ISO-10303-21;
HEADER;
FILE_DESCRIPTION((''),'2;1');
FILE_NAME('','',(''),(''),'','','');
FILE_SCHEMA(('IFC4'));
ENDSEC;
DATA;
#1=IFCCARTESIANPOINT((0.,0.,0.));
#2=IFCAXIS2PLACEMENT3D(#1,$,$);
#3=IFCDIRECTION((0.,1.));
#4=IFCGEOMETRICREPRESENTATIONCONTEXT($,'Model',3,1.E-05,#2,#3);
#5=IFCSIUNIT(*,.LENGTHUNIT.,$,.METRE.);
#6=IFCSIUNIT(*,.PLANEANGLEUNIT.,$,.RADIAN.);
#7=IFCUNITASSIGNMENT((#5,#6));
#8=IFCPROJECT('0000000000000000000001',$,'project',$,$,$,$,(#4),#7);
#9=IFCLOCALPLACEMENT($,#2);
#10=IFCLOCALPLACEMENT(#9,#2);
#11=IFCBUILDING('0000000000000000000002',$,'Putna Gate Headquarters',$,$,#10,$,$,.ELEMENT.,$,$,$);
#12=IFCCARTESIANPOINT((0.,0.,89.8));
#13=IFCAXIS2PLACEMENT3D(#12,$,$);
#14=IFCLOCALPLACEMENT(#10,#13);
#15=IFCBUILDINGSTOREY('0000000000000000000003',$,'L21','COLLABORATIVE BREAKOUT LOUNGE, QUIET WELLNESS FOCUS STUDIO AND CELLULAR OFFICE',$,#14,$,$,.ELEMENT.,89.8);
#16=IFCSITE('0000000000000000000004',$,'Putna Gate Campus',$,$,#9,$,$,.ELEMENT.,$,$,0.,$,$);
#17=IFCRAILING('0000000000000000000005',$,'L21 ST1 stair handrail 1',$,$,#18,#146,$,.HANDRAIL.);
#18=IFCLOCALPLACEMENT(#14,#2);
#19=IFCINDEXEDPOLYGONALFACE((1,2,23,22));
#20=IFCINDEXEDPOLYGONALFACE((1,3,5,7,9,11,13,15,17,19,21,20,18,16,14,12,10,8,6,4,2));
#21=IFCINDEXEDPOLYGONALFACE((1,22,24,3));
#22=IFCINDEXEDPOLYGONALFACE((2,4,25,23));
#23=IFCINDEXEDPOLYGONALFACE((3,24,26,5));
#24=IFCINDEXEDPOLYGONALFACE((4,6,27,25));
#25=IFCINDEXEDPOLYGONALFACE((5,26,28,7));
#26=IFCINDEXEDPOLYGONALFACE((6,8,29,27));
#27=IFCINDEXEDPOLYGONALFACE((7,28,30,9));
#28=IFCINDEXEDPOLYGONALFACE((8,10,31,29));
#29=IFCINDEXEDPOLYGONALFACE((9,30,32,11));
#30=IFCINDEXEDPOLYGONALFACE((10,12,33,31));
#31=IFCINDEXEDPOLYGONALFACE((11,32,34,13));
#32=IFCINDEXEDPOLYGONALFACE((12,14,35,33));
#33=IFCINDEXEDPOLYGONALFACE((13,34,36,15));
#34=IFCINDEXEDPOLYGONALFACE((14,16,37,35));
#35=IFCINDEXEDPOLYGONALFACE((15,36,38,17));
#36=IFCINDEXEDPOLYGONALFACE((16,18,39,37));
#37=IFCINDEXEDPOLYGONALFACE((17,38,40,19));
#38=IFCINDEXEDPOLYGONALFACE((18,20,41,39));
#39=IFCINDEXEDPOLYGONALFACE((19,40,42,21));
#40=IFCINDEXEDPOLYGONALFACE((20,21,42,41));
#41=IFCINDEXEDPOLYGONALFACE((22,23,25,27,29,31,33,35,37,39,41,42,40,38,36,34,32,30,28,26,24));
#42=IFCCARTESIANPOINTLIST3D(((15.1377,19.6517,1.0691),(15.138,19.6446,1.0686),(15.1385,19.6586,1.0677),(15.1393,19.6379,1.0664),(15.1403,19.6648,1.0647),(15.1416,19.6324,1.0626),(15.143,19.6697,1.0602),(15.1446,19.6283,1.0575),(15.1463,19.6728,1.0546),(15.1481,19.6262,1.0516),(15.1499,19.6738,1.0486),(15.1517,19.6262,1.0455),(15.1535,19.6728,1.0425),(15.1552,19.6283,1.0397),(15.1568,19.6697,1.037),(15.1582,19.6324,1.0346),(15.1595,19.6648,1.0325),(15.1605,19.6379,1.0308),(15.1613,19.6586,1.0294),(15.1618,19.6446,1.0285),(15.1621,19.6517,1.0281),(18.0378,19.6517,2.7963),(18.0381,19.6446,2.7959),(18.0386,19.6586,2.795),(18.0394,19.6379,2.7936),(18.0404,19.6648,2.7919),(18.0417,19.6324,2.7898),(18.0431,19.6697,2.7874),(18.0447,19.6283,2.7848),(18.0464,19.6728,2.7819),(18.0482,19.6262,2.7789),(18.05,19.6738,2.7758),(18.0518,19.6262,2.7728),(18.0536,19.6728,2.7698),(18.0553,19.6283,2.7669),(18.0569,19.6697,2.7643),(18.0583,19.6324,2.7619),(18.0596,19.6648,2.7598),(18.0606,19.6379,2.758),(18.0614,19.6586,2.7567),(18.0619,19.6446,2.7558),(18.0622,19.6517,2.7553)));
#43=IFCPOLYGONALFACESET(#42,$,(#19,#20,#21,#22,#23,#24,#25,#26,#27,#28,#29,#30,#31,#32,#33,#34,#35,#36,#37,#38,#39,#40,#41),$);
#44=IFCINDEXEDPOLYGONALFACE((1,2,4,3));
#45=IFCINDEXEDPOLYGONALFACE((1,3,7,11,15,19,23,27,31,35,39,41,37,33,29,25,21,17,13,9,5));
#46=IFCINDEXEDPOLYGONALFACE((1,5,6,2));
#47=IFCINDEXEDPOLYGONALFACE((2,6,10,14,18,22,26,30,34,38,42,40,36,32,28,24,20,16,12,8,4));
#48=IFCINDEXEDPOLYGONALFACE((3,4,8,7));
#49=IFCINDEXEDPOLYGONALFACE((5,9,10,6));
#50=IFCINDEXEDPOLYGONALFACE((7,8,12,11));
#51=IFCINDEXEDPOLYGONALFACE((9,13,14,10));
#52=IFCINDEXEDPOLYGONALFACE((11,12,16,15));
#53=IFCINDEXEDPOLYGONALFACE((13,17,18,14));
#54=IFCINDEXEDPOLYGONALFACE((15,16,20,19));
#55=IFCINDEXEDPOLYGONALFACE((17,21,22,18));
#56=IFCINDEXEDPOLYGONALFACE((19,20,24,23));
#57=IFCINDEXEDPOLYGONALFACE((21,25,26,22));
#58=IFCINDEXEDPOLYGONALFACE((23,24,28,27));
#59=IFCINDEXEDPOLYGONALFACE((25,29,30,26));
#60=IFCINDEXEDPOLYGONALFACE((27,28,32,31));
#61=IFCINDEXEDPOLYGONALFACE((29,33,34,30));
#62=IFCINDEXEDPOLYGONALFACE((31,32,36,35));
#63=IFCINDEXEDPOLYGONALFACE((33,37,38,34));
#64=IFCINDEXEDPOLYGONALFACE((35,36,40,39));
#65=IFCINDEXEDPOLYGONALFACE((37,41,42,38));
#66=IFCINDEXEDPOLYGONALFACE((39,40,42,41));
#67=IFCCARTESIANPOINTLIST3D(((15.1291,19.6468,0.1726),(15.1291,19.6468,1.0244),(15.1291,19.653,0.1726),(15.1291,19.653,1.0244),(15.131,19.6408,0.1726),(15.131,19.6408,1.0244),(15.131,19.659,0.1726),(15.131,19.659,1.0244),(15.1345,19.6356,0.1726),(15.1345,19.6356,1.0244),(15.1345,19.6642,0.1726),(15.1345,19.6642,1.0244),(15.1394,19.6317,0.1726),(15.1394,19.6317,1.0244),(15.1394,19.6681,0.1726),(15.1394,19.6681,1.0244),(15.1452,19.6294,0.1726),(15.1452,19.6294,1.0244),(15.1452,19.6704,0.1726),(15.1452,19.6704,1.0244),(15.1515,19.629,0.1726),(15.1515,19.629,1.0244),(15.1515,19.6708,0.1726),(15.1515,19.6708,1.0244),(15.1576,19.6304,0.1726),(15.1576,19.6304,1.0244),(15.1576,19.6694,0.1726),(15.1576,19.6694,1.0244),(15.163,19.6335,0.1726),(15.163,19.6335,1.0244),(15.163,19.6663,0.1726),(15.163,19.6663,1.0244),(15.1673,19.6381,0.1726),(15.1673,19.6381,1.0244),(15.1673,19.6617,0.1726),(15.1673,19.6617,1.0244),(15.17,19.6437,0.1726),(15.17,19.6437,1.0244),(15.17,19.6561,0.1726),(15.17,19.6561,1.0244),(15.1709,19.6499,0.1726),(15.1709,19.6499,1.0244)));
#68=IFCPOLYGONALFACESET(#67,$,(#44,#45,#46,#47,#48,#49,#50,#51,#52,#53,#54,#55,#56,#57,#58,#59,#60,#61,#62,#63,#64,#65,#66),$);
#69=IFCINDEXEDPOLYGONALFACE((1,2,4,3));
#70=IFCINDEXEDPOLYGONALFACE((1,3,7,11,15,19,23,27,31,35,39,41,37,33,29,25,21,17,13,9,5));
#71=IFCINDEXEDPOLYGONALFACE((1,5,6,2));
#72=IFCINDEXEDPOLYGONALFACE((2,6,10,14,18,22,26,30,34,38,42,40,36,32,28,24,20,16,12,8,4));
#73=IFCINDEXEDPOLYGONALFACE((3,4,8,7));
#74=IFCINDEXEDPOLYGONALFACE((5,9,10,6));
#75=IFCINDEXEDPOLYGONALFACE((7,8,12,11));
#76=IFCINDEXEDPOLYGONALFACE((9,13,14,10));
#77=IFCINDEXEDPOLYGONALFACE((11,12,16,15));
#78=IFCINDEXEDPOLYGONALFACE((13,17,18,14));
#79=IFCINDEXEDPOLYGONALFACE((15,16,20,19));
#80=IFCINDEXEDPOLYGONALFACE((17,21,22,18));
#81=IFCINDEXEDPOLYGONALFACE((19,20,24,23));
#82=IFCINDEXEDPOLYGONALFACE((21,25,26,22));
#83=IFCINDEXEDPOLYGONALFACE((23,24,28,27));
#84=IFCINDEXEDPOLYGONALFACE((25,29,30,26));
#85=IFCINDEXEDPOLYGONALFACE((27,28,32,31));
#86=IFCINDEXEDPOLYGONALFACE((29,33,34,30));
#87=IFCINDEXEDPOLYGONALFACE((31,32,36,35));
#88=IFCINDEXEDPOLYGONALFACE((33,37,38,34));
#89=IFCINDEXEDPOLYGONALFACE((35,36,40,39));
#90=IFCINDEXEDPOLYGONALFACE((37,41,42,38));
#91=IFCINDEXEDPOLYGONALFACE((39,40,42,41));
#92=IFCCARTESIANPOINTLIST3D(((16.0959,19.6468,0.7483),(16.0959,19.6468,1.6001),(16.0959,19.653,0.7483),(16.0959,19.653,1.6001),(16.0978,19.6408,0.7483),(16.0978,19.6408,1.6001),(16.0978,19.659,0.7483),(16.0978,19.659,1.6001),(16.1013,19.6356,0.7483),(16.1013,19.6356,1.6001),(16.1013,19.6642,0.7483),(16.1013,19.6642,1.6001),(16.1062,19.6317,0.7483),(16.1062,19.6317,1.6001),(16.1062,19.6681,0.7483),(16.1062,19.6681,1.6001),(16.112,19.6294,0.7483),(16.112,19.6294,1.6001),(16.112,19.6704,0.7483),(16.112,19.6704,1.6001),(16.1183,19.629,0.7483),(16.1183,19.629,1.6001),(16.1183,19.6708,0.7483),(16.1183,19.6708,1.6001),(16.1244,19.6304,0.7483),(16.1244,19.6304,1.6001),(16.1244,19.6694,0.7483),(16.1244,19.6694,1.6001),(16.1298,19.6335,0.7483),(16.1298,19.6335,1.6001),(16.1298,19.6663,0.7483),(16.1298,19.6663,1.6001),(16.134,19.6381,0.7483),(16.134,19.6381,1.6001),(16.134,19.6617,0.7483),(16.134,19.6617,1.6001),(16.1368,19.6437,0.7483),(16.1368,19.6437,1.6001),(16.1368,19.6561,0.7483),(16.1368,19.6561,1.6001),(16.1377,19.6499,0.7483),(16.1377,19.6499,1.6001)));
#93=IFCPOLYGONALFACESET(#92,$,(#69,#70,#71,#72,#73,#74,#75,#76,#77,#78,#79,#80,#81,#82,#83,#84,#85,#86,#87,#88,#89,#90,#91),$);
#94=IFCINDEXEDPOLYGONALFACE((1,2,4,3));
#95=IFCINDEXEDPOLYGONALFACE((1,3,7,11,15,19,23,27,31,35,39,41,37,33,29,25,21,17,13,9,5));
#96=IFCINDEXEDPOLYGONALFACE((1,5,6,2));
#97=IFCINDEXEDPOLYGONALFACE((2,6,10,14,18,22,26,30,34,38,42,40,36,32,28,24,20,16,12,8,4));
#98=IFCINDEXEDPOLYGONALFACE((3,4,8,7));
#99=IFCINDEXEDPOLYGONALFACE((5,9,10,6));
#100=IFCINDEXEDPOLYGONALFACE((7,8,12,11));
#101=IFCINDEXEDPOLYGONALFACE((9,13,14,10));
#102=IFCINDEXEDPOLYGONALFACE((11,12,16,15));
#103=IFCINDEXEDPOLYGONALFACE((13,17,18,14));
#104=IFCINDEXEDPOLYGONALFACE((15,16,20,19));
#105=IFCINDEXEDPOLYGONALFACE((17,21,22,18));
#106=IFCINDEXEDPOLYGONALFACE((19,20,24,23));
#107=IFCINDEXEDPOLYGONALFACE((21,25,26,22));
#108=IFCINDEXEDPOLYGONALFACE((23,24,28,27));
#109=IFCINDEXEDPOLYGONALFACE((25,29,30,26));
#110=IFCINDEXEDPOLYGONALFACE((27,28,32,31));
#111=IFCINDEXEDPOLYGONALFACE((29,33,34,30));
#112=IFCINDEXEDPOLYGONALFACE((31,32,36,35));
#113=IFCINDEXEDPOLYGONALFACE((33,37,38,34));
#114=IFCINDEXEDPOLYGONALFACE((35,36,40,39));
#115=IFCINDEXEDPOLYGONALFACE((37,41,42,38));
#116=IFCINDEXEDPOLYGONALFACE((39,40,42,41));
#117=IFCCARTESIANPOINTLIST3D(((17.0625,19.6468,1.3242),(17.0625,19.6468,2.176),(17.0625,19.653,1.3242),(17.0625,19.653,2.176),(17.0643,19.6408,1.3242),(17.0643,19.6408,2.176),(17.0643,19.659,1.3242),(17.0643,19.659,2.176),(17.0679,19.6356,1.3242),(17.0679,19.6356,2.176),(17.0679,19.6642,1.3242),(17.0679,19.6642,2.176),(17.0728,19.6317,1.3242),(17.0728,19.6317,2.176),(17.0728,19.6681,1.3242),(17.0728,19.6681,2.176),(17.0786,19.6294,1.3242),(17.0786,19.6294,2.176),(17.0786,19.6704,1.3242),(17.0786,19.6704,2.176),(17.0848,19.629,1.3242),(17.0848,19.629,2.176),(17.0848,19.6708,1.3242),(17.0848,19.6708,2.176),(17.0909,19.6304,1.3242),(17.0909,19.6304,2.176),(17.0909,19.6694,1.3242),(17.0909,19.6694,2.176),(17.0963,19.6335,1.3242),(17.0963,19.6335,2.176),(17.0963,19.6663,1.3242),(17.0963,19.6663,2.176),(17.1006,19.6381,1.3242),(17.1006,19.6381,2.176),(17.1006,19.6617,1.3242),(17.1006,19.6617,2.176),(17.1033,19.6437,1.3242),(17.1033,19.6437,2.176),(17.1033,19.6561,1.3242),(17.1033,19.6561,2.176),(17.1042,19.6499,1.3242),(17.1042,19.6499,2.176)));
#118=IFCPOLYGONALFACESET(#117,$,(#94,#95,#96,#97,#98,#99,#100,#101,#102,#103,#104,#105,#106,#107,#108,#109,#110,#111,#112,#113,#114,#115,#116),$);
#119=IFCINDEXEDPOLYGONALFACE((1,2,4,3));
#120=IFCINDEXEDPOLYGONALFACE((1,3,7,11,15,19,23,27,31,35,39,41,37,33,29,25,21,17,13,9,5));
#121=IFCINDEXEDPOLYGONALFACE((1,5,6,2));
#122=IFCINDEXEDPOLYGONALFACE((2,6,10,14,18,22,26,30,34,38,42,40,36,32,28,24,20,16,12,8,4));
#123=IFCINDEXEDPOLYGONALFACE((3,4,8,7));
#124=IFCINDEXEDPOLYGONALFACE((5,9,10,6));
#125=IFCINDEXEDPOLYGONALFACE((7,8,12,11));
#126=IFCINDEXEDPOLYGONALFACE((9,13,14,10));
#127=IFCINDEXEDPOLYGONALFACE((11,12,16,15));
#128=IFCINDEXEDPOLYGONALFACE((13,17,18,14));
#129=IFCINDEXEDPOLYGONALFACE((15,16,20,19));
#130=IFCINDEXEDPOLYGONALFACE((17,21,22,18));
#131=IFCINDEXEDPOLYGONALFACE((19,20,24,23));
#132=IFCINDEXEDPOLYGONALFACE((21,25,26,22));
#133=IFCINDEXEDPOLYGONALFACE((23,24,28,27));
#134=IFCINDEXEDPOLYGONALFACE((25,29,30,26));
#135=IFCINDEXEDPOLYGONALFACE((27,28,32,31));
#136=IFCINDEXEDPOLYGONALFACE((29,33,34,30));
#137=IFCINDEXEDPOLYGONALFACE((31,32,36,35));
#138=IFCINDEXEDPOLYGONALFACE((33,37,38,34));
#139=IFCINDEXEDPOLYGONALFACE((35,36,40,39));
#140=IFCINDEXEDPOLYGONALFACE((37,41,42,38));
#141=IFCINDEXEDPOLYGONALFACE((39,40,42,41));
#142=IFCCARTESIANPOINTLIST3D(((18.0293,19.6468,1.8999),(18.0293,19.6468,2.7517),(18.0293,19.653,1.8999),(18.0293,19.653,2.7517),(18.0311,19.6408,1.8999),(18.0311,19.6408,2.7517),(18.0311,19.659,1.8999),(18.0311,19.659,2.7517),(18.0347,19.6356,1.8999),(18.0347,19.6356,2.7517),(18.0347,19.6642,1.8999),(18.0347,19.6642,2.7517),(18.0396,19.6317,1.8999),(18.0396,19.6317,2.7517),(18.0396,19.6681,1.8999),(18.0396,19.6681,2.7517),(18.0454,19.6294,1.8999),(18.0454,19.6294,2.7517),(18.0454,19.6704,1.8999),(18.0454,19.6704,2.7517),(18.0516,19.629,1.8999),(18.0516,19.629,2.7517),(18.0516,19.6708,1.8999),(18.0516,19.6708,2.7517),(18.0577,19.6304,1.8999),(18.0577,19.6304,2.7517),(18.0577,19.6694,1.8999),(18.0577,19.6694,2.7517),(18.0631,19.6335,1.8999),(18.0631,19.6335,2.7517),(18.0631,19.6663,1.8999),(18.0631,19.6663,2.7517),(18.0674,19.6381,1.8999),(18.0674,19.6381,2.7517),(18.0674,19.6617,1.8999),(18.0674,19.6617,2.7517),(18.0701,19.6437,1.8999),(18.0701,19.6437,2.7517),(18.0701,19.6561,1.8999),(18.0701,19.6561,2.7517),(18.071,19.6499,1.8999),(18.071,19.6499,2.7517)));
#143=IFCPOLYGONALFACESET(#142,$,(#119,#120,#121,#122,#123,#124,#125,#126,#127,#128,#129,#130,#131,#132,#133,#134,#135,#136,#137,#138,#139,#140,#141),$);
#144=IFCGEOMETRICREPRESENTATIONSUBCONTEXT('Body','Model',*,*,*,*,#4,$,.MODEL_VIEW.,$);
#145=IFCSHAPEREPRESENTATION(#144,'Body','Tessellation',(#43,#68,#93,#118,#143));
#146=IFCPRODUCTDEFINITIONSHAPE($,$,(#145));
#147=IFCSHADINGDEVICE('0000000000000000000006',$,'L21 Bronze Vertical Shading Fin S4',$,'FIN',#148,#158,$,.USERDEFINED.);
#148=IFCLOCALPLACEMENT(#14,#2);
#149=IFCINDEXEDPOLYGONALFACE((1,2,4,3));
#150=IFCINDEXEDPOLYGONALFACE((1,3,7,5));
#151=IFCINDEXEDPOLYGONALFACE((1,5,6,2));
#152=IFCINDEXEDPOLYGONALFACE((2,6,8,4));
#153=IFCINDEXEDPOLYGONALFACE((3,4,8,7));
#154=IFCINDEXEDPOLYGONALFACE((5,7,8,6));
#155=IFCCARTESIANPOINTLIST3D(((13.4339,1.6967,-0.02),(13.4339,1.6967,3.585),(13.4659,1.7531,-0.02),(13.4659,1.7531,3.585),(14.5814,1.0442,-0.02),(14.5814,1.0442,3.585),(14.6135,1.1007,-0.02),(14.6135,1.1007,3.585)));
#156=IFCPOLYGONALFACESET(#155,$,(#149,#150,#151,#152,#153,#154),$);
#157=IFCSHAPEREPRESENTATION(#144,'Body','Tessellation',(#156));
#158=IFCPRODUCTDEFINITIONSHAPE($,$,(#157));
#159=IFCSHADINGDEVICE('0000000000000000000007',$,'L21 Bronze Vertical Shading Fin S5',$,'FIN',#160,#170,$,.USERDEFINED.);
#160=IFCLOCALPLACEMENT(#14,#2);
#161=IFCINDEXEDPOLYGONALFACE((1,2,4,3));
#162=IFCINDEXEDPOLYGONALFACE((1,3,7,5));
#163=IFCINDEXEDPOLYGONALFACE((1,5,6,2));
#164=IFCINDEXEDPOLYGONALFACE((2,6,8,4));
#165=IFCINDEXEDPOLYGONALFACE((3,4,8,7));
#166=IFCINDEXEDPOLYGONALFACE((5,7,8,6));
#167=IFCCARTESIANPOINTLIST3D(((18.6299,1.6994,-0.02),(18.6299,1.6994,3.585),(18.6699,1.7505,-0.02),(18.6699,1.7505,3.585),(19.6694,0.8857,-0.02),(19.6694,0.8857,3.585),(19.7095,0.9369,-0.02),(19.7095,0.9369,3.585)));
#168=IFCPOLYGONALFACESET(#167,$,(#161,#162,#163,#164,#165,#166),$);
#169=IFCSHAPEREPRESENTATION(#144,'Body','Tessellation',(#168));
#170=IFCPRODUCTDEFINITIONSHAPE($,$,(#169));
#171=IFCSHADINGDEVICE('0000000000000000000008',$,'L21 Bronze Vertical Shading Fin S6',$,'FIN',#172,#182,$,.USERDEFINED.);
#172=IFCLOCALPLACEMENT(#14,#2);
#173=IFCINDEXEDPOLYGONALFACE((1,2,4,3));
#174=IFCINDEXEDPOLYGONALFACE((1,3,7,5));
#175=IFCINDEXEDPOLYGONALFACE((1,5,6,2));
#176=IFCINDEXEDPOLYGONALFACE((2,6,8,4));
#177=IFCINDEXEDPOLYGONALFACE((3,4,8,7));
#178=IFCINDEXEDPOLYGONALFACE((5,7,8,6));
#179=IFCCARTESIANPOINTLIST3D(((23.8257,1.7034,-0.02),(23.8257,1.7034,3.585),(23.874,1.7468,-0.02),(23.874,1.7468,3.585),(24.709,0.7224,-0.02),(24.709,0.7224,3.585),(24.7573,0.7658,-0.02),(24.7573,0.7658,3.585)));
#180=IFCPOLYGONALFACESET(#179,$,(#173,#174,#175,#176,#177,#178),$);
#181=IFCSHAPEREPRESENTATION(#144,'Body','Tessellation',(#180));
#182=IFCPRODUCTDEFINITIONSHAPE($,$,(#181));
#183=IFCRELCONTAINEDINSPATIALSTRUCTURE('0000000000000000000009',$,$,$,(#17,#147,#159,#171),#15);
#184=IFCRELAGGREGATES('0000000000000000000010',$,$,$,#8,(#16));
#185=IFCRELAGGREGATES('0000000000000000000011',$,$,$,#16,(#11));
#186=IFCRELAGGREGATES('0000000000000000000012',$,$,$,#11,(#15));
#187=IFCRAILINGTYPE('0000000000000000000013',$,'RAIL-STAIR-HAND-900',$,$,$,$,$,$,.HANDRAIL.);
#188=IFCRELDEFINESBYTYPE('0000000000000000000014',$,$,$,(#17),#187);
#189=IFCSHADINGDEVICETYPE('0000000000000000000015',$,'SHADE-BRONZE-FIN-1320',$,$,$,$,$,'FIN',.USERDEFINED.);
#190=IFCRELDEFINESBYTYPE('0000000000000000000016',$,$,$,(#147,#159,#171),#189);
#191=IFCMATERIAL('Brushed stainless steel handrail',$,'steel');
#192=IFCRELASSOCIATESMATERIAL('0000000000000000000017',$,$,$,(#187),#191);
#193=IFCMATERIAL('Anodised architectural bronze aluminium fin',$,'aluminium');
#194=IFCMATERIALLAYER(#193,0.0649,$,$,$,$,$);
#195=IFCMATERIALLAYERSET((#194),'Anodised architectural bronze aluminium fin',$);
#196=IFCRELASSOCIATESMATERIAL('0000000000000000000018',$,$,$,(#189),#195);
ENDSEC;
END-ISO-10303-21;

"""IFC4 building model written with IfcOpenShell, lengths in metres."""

from ifc_helpers import new_model, si_unit, direction, frame, origin, origin_2d, place, context, subcontext, project, spatial, rectangle, circle, extrude, material, layer, layer_set, type_object, element, save


model = new_model("IFC4")

# Units and contexts
model_context = context("Model", 3, precision=1e-05, world=origin(), true_north=direction((0.0, 1.0)))
body_context = subcontext(model_context, "Body", "Model", "MODEL_VIEW")
ifc_project = project(units=[si_unit("LENGTHUNIT", "METRE"), si_unit("PLANEANGLEUNIT", "RADIAN")], contexts=[model_context])

# Site, building, storey
site_placement = place(None, origin())
site = spatial("IfcSite", under=ifc_project, at=site_placement, Name="Putna Gate Campus", CompositionType="ELEMENT", RefElevation=0.0)
building_placement = place(site_placement, origin())
building = spatial("IfcBuilding", under=site, at=building_placement, Name="Putna Gate Headquarters", CompositionType="ELEMENT")
storey_placement = place(building_placement, frame((0.0, 0.0, 89.8)))
storey = spatial("IfcBuildingStorey", under=building, at=storey_placement, Name="L21", Description="COLLABORATIVE BREAKOUT LOUNGE, QUIET WELLNESS FOCUS STUDIO AND CELLULAR OFFICE", CompositionType="ELEMENT", Elevation=89.8)

# Railing
ifc_material_1 = material(Name="Brushed stainless steel handrail", Category="steel")
railing_type_1 = type_object("IfcRailingType", Name="RAIL-STAIR-HAND-900", PredefinedType="HANDRAIL", material=ifc_material_1)
railing_1_placement = place(storey_placement, frame((15.1499, 19.6499, 0.1726)))
element("IfcRailing", 1, at=railing_1_placement, inside=storey, type_object=railing_type_1, Name="L21 ST1 stair handrail 1", PredefinedType="HANDRAIL", context=body_context, shape_type="SweptSolid", body=[
    extrude(circle(Radius=0.0239, at=origin_2d()), frame((0.0, 0.0, 0.876), z_axis=(0.85916, 0.0, 0.511706), x_axis=(0.0, 1.0, 0.0)), (0.0, 0.0, 1.0), 3.3755),
    extrude(circle(Radius=0.021, at=origin_2d()), origin(), (0.0, 0.0, 1.0), 0.8518),
    extrude(circle(Radius=0.021, at=origin_2d()), frame((0.9668, 0.0, 0.5757)), (0.0, 0.0, 1.0), 0.8518),
    extrude(circle(Radius=0.021, at=origin_2d()), frame((1.9333, 0.0, 1.1516)), (0.0, 0.0, 1.0), 0.8518),
    extrude(circle(Radius=0.021, at=origin_2d()), frame((2.9001, 0.0, 1.7273)), (0.0, 0.0, 1.0), 0.8518),
])

# Shading devices
ifc_material_2 = material(Name="Anodised architectural bronze aluminium fin", Category="aluminium")
ifc_layer_1 = layer(ifc_material_2, 0.0649)
ifc_layer_set_1 = layer_set([ifc_layer_1], Name="Anodised architectural bronze aluminium fin")
shading_device_type = type_object("IfcShadingDeviceType", Name="SHADE-BRONZE-FIN-1320", ElementType="FIN", PredefinedType="USERDEFINED", material=ifc_layer_set_1)
for number, where, z_axis, x_axis, name in (
    (2, (14.0237, 1.3987, -0.02), (0.0, 0.0, 1.0), (0.869322, -0.494245, 0.0), "L21 Bronze Vertical Shading Fin S4"),
    (3, (19.1697, 1.3181, -0.02), (0.0, 0.0, 1.0), (0.787473, -0.616349, 0.0), "L21 Bronze Vertical Shading Fin S5"),
    (4, (24.2915, 1.2346, -0.02), (0.0, 0.0, 1.0), (0.669131, -0.743145, 0.0), "L21 Bronze Vertical Shading Fin S6"),
):
    element("IfcShadingDevice", number, at=place(storey_placement, frame(where, z_axis=z_axis, x_axis=x_axis)), inside=storey, type_object=shading_device_type, Name=name, ObjectType="FIN", PredefinedType="USERDEFINED", context=body_context, shape_type="SweptSolid", body=[
        extrude(rectangle(XDim=1.3201, YDim=0.0649, at=origin_2d()), origin(), (0.0, 0.0, 1.0), 3.605),
    ])

save(model, "model.ifc")
